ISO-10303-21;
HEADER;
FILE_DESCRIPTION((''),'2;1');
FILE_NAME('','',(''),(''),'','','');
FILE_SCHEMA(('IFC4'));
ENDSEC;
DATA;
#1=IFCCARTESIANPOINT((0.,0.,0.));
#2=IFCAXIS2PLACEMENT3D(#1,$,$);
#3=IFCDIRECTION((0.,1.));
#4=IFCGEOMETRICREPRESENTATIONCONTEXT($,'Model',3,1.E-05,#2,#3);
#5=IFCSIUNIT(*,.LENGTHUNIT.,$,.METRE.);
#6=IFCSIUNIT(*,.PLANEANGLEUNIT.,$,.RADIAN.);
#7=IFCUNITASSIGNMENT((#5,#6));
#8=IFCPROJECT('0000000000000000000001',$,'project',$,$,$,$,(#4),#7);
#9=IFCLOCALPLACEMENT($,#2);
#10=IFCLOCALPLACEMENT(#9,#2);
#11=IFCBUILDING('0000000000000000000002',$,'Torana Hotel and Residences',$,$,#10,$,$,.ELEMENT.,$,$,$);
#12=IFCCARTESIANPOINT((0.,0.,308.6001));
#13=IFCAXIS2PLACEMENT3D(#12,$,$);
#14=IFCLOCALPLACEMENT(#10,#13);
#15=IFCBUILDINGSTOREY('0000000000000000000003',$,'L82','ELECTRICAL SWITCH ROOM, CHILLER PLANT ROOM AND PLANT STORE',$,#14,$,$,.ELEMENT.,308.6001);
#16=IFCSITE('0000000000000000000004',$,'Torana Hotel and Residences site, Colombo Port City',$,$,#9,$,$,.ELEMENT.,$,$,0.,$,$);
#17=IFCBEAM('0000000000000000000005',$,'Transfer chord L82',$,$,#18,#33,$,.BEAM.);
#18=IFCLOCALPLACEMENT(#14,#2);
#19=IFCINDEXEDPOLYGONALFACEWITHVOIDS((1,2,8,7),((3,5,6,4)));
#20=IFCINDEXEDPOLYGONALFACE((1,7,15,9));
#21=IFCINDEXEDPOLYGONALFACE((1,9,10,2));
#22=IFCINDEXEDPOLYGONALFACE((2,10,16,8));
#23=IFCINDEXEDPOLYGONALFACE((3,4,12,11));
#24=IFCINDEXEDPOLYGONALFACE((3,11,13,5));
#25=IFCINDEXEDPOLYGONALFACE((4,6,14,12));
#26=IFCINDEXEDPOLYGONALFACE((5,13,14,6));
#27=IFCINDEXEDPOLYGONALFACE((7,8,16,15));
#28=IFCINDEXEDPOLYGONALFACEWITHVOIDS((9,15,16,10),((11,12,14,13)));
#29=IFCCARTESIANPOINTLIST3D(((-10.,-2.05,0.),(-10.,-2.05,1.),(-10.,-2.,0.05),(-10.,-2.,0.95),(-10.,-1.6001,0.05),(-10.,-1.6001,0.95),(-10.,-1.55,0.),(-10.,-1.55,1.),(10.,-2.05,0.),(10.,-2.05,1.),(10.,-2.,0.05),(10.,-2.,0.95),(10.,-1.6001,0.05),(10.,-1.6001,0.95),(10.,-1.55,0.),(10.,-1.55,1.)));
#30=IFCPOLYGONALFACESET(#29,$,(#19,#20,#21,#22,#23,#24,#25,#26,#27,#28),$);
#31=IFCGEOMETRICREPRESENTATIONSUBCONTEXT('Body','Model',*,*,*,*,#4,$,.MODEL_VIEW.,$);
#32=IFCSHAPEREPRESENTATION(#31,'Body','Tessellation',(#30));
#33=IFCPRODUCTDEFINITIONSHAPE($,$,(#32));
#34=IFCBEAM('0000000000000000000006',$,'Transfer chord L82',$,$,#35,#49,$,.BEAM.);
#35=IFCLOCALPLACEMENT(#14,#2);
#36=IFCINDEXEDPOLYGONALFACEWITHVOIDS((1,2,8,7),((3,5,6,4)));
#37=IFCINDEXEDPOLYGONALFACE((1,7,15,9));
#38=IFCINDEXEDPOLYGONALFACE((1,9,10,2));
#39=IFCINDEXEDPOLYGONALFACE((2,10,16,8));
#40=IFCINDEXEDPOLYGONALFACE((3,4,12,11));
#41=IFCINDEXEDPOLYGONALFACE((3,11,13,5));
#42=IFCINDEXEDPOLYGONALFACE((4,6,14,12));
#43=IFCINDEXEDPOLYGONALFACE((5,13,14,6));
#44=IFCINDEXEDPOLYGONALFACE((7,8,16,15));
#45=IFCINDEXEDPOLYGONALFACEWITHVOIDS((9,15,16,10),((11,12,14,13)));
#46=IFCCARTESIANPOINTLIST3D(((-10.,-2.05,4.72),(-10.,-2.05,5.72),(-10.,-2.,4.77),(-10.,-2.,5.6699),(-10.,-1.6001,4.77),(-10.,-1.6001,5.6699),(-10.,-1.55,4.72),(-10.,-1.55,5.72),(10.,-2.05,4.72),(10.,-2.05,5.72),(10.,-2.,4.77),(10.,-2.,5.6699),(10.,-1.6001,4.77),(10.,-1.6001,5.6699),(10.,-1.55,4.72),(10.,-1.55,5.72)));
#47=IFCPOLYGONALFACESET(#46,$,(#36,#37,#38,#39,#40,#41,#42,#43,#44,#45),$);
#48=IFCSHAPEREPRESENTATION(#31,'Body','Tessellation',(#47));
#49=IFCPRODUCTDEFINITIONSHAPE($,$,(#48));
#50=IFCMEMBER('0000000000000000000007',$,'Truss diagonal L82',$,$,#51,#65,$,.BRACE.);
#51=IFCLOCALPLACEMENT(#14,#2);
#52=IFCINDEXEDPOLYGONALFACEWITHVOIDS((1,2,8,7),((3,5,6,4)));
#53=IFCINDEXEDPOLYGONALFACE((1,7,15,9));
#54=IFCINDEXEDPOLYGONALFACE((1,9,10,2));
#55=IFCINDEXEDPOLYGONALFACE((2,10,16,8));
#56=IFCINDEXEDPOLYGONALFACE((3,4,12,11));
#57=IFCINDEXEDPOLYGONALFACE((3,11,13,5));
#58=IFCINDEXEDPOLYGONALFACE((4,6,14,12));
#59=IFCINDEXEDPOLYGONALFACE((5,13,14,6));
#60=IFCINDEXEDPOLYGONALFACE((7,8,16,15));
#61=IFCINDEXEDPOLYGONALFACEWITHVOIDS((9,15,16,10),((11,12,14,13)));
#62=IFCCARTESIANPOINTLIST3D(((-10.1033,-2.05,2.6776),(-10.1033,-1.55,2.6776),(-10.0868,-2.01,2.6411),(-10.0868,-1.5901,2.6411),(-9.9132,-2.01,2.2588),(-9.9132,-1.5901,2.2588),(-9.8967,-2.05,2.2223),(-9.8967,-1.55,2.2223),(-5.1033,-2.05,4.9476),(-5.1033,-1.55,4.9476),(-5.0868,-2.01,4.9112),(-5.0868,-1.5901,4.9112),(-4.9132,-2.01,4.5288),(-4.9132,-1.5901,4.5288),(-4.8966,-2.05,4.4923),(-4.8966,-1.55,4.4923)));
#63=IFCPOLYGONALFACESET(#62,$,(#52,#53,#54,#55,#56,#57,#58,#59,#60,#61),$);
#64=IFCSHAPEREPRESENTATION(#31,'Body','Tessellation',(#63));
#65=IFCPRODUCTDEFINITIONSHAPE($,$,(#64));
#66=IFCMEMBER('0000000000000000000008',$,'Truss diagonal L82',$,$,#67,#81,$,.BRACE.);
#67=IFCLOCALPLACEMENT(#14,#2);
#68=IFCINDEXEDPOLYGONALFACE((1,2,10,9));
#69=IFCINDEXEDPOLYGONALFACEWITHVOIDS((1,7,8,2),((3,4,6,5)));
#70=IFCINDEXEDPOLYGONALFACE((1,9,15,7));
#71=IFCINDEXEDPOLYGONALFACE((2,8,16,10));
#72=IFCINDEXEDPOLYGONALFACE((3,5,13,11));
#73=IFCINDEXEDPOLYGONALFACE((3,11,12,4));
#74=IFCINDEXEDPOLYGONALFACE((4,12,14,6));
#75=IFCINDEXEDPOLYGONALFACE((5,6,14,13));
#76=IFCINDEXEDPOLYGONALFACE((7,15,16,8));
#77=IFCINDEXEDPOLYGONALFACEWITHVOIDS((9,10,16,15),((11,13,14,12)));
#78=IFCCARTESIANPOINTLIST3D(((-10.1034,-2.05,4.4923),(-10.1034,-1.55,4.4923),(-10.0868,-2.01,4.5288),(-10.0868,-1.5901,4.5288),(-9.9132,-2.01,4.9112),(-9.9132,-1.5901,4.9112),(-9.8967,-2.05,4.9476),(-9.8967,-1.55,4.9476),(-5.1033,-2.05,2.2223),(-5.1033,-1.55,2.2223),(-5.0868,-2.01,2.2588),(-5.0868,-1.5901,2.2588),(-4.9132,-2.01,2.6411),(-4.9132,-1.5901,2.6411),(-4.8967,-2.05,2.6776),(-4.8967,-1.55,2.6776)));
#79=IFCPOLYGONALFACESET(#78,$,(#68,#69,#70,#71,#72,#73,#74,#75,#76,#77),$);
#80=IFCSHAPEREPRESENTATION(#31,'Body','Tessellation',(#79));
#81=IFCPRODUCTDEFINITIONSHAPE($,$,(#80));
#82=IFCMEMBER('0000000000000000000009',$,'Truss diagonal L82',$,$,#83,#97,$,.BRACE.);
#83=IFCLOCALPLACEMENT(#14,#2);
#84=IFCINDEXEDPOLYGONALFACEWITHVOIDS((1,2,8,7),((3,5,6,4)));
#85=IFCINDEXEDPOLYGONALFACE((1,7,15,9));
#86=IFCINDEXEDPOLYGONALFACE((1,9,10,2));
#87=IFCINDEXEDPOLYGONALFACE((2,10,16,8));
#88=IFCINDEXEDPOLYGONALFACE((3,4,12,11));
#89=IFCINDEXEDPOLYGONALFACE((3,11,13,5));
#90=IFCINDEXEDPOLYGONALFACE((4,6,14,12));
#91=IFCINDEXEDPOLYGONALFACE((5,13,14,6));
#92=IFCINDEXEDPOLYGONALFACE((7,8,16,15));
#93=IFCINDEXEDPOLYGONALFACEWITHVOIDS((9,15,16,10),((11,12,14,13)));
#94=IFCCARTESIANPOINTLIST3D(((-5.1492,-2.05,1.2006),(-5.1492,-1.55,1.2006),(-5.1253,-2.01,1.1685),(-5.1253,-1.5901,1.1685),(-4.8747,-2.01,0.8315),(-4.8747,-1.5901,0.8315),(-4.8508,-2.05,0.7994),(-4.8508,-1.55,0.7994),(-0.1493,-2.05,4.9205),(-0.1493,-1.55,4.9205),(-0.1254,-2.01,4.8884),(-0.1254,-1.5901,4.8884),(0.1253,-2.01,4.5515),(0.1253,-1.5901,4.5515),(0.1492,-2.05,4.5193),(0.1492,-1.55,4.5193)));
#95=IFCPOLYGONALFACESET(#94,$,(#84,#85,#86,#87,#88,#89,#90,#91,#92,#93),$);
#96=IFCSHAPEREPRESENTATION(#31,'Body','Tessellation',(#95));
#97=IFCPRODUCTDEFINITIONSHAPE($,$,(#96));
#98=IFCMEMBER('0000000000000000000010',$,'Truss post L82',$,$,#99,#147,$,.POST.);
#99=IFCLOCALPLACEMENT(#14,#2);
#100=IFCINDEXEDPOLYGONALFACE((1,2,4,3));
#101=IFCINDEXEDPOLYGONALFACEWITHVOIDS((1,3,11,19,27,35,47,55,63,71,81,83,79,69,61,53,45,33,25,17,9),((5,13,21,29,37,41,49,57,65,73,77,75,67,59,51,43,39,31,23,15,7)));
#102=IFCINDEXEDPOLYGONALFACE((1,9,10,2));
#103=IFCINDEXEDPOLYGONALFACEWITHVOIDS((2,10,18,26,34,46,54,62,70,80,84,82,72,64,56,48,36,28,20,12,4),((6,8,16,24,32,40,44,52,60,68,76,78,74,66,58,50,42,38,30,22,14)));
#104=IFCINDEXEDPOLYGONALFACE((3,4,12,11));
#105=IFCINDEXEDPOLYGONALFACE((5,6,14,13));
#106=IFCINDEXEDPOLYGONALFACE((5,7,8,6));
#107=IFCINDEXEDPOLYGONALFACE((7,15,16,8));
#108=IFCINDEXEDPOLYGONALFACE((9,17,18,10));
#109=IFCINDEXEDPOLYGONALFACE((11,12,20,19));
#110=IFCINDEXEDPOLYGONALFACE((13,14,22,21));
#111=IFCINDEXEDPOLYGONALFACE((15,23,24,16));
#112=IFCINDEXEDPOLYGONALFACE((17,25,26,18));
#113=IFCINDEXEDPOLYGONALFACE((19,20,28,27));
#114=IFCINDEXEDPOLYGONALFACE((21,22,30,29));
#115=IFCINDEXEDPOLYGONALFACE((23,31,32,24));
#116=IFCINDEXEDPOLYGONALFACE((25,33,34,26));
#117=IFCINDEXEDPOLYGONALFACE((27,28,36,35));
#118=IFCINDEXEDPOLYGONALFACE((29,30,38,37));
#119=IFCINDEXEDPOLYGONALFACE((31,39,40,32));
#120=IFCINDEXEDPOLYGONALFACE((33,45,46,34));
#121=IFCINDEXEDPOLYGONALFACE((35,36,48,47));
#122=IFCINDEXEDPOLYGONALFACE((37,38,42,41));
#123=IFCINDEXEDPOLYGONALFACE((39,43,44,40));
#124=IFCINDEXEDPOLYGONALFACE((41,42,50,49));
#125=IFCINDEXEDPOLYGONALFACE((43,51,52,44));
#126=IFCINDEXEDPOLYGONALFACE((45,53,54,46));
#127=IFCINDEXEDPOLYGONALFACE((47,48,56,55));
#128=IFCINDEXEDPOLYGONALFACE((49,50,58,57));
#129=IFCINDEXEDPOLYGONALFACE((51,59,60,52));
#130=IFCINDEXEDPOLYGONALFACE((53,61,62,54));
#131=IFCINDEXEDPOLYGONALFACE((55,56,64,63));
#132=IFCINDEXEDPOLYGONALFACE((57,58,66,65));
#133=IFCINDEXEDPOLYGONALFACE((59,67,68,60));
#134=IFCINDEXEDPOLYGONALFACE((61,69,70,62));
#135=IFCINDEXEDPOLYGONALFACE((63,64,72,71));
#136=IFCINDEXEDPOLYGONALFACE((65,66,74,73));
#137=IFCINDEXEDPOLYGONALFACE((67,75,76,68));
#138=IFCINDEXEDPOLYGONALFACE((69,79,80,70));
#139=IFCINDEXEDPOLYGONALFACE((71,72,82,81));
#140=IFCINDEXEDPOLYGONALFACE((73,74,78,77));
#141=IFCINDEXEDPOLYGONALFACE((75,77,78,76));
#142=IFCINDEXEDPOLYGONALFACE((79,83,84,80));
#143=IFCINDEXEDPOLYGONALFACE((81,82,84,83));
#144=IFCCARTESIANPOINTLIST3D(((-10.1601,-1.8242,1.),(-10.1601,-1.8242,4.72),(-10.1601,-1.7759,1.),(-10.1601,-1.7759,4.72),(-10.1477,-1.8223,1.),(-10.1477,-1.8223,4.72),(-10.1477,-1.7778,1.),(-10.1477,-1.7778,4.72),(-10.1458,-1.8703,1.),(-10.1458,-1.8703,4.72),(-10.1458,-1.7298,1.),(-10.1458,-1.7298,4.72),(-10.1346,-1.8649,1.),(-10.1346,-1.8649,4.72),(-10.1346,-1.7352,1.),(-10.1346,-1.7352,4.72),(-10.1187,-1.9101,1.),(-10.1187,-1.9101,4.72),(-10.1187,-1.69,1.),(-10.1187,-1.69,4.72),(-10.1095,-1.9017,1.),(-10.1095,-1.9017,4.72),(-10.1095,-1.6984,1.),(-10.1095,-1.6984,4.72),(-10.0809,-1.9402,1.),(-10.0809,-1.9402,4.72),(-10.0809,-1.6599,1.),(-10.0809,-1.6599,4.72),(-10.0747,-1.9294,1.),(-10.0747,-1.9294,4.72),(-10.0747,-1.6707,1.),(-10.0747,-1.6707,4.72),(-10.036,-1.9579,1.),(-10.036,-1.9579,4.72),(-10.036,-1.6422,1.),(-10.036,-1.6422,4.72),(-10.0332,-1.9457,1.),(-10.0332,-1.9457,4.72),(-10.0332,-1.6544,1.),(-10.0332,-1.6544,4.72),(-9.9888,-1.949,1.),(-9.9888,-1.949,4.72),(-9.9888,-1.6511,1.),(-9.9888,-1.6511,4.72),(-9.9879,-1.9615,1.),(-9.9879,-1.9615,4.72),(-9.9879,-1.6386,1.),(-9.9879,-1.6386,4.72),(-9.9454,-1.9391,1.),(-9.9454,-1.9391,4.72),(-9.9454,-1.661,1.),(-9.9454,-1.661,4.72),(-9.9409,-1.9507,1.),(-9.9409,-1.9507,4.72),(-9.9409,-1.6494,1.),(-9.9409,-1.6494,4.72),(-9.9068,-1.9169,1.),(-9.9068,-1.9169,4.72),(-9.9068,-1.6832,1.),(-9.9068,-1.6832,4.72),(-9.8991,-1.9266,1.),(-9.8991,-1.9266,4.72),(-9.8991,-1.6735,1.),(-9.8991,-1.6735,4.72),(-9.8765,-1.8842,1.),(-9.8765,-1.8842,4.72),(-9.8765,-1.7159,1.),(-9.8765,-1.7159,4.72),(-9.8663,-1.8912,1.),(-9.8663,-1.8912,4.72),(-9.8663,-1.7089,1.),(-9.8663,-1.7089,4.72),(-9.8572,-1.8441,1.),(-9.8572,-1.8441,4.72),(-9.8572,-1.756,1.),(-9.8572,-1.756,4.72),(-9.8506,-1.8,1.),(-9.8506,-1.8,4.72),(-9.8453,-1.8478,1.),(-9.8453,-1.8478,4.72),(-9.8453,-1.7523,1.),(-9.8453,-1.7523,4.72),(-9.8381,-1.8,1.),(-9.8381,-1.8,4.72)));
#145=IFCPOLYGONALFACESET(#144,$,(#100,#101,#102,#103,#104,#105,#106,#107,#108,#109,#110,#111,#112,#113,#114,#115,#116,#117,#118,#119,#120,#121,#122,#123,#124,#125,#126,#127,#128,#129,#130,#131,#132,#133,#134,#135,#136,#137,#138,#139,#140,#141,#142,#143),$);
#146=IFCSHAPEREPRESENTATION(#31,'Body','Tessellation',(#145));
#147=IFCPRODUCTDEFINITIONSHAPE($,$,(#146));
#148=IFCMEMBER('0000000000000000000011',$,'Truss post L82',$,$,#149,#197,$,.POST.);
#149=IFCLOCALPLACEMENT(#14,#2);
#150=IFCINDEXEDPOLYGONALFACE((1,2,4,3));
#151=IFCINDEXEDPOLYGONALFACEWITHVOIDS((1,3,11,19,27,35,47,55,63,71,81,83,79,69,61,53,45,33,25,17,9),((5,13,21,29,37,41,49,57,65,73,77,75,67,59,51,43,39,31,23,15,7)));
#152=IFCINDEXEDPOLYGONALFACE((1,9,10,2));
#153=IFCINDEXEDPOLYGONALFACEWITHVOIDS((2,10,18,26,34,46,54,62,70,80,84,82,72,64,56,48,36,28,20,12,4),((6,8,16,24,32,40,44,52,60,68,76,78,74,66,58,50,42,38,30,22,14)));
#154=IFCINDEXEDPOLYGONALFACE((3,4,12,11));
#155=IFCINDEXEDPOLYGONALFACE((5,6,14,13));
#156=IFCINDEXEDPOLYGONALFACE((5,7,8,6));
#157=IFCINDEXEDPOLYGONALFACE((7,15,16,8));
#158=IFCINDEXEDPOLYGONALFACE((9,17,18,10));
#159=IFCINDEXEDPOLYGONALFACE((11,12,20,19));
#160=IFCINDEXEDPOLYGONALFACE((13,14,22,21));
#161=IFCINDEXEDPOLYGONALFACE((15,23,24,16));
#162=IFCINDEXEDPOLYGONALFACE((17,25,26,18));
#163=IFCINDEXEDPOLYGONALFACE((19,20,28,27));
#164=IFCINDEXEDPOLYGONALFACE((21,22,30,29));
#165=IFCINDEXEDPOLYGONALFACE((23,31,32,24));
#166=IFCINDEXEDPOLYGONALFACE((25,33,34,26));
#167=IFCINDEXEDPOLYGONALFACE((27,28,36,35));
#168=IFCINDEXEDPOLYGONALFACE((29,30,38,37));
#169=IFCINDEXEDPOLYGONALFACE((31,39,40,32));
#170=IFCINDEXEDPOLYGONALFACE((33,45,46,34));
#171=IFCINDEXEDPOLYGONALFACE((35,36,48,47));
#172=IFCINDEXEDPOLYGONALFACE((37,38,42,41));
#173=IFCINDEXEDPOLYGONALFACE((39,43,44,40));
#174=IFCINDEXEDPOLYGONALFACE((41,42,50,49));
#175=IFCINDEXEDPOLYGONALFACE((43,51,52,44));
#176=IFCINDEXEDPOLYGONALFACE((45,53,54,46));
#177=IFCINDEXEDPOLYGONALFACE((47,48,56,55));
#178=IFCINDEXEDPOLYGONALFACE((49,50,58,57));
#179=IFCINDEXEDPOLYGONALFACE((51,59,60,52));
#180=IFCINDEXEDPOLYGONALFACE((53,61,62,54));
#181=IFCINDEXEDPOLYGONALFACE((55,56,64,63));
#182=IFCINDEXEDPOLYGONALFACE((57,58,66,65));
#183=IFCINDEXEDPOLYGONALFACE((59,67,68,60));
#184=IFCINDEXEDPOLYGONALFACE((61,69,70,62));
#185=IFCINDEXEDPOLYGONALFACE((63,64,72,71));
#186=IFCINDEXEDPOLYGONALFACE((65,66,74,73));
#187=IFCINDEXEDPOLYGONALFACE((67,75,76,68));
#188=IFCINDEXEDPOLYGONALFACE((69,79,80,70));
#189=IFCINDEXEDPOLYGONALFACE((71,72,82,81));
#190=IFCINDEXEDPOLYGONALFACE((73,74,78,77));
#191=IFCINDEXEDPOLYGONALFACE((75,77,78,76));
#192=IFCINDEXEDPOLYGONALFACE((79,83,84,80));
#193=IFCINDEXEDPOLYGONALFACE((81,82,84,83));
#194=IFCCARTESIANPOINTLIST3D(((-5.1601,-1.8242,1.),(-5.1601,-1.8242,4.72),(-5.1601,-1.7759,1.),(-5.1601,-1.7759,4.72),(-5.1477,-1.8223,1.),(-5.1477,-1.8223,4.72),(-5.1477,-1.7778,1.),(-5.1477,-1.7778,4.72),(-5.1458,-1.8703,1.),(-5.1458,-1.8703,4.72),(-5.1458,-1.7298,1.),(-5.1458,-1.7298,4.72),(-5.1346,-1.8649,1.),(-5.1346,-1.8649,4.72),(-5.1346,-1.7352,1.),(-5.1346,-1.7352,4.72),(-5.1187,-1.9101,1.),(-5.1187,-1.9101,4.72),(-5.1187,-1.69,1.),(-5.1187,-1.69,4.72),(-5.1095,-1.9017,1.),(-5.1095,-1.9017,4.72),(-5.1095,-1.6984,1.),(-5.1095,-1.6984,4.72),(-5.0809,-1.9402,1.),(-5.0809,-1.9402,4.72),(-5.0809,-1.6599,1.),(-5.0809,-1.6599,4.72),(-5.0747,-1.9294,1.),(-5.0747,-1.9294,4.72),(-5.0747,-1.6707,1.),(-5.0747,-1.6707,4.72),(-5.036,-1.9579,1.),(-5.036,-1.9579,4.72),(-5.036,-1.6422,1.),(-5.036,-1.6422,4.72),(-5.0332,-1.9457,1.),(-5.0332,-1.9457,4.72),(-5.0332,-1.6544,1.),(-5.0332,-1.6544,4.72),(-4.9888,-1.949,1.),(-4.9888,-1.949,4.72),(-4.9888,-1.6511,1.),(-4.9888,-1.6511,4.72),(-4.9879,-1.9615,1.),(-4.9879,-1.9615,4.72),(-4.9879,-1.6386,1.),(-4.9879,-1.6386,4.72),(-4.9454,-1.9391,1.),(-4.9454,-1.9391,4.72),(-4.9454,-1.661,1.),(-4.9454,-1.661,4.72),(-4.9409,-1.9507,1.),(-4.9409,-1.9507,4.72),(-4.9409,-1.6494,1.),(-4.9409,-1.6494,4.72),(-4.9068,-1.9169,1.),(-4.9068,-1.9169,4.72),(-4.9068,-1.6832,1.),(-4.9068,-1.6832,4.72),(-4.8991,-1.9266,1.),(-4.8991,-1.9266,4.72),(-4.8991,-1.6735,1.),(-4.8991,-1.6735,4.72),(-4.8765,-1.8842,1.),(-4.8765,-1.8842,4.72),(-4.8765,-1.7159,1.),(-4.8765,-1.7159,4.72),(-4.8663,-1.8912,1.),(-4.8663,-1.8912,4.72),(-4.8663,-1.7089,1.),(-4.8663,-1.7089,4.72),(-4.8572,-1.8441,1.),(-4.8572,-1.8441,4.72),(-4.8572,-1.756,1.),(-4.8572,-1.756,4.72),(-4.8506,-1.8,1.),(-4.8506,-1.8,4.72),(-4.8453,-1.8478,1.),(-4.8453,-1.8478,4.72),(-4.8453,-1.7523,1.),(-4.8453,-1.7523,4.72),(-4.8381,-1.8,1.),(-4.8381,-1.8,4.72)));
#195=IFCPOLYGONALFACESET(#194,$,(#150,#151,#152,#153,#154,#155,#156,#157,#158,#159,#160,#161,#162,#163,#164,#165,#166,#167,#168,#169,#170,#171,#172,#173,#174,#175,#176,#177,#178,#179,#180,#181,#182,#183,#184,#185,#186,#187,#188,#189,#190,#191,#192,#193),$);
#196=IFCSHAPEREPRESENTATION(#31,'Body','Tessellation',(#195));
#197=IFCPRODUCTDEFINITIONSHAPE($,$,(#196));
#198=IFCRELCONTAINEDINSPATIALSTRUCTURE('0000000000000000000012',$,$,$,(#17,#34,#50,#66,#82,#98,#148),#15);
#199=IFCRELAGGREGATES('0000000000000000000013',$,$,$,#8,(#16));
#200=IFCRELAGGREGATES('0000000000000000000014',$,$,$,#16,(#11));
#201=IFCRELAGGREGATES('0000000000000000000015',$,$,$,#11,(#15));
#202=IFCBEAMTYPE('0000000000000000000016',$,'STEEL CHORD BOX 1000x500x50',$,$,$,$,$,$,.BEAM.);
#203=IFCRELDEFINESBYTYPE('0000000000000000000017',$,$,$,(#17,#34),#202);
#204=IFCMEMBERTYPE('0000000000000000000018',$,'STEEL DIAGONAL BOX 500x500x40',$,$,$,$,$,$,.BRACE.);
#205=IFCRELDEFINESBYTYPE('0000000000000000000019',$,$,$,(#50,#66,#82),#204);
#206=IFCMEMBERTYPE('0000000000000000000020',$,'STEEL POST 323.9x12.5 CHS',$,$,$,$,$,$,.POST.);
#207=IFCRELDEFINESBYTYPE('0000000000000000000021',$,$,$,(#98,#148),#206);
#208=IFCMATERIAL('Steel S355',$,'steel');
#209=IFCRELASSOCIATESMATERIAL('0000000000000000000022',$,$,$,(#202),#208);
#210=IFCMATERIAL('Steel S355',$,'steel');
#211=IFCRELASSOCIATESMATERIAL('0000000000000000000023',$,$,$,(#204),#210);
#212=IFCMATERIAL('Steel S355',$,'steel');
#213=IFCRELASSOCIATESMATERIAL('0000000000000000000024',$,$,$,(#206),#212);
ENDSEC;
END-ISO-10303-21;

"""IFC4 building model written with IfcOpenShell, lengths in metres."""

from ifc_helpers import new_model, si_unit, direction, frame, origin, origin_2d, place, context, subcontext, project, spatial, hollow_rectangle, hollow_circle, extrude, material, material_profile, profile_set, type_object, element, save


model = new_model("IFC4")

# Units and contexts
model_context = context("Model", 3, precision=1e-05, world=origin(), true_north=direction((0.0, 1.0)))
body_context = subcontext(model_context, "Body", "Model", "MODEL_VIEW")
ifc_project = project(units=[si_unit("LENGTHUNIT", "METRE"), si_unit("PLANEANGLEUNIT", "RADIAN")], contexts=[model_context])

# Site, building, storey
site_placement = place(None, origin())
site = spatial("IfcSite", under=ifc_project, at=site_placement, Name="Torana Hotel and Residences site, Colombo Port City", CompositionType="ELEMENT", RefElevation=0.0)
building_placement = place(site_placement, origin())
building = spatial("IfcBuilding", under=site, at=building_placement, Name="Torana Hotel and Residences", CompositionType="ELEMENT")
storey_placement = place(building_placement, frame((0.0, 0.0, 308.6001)))
storey = spatial("IfcBuildingStorey", under=building, at=storey_placement, Name="L82", Description="ELECTRICAL SWITCH ROOM, CHILLER PLANT ROOM AND PLANT STORE", CompositionType="ELEMENT", Elevation=308.6001)

# Beams
ifc_material_1 = material(Name="Steel S355", Category="steel")
ifc_material_profile_1 = material_profile(ifc_material_1, hollow_rectangle(XDim=0.5, YDim=1.0, WallThickness=0.05, at=origin_2d()), Name="BOX 1000x500x50")
ifc_profile_set_1 = profile_set([ifc_material_profile_1], Name="Steel S355")
beam_type = type_object("IfcBeamType", Name="STEEL CHORD BOX 1000x500x50", PredefinedType="BEAM", material=ifc_profile_set_1)
for number, where, z_axis, x_axis, name in (
    (1, (-10.0, -1.8, 0.5), (1.0, 0.0, 0.0), (0.0, 1.0, 0.0), "Transfer chord L82"),
    (2, (-10.0, -1.8, 5.22), (1.0, 0.0, 0.0), (0.0, 1.0, 0.0), "Transfer chord L82"),
):
    element("IfcBeam", number, at=place(storey_placement, frame(where, z_axis=z_axis, x_axis=x_axis)), inside=storey, type_object=beam_type, Name=name, PredefinedType="BEAM", context=body_context, shape_type="SweptSolid", body=[
        extrude(hollow_rectangle(XDim=0.5, YDim=1.0, WallThickness=0.05, at=origin_2d()), origin(), (0.0, 0.0, 1.0), 20.0),
    ])

# Members
ifc_material_2 = material(Name="Steel S355", Category="steel")
ifc_material_profile_2 = material_profile(ifc_material_2, hollow_rectangle(XDim=0.5, YDim=0.5, WallThickness=0.04, at=origin_2d()), Name="BOX 500x500x40")
ifc_profile_set_2 = profile_set([ifc_material_profile_2], Name="Steel S355")
member_type_1 = type_object("IfcMemberType", Name="STEEL DIAGONAL BOX 500x500x40", PredefinedType="BRACE", material=ifc_profile_set_2)
for number, where, z_axis, x_axis, name in (
    (3, (-10.0, -1.8, 2.45), (0.910552, 0.0, 0.413394), (0.0, 1.0, 0.0), "Truss diagonal L82"),
    (4, (-5.0, -1.8, 2.45), (-0.910552, 0.0, 0.413394), (0.0, -1.0, 0.0), "Truss diagonal L82"),
):
    element("IfcMember", number, at=place(storey_placement, frame(where, z_axis=z_axis, x_axis=x_axis)), inside=storey, type_object=member_type_1, Name=name, PredefinedType="BRACE", context=body_context, shape_type="SweptSolid", body=[
        extrude(hollow_rectangle(XDim=0.5, YDim=0.5, WallThickness=0.04, at=origin_2d()), origin(), (0.0, 0.0, 1.0), 5.4912),
    ])
member_placement = place(storey_placement, frame((-5.0, -1.8, 1.0), z_axis=(0.802307, 0.0, 0.596912), x_axis=(0.0, 1.0, 0.0)))
element("IfcMember", 5, at=member_placement, inside=storey, type_object=member_type_1, Name="Truss diagonal L82", PredefinedType="BRACE", context=body_context, shape_type="SweptSolid", body=[
    extrude(hollow_rectangle(XDim=0.5, YDim=0.5, WallThickness=0.04, at=origin_2d()), origin(), (0.0, 0.0, 1.0), 6.2319),
])
ifc_material_3 = material(Name="Steel S355", Category="steel")
ifc_material_profile_3 = material_profile(ifc_material_3, hollow_circle(Radius=0.1619, WallThickness=0.0125, at=origin_2d()), Name="323.9x12.5 CHS")
ifc_profile_set_3 = profile_set([ifc_material_profile_3], Name="Steel S355")
member_type_2 = type_object("IfcMemberType", Name="STEEL POST 323.9x12.5 CHS", PredefinedType="POST", material=ifc_profile_set_3)
for number, where, z_axis, x_axis, name in (
    (6, (-10.0, -1.8, 1.0), (0.0, 0.0, 1.0), (1.0, 0.0, 0.0), "Truss post L82"),
    (7, (-5.0, -1.8, 1.0), (0.0, 0.0, 1.0), (1.0, 0.0, 0.0), "Truss post L82"),
):
    element("IfcMember", number, at=place(storey_placement, frame(where, z_axis=z_axis, x_axis=x_axis)), inside=storey, type_object=member_type_2, Name=name, PredefinedType="POST", context=body_context, shape_type="SweptSolid", body=[
        extrude(hollow_circle(Radius=0.1619, WallThickness=0.0125, at=origin_2d()), origin(), (0.0, 0.0, 1.0), 3.72),
    ])

save(model, "model.ifc")
